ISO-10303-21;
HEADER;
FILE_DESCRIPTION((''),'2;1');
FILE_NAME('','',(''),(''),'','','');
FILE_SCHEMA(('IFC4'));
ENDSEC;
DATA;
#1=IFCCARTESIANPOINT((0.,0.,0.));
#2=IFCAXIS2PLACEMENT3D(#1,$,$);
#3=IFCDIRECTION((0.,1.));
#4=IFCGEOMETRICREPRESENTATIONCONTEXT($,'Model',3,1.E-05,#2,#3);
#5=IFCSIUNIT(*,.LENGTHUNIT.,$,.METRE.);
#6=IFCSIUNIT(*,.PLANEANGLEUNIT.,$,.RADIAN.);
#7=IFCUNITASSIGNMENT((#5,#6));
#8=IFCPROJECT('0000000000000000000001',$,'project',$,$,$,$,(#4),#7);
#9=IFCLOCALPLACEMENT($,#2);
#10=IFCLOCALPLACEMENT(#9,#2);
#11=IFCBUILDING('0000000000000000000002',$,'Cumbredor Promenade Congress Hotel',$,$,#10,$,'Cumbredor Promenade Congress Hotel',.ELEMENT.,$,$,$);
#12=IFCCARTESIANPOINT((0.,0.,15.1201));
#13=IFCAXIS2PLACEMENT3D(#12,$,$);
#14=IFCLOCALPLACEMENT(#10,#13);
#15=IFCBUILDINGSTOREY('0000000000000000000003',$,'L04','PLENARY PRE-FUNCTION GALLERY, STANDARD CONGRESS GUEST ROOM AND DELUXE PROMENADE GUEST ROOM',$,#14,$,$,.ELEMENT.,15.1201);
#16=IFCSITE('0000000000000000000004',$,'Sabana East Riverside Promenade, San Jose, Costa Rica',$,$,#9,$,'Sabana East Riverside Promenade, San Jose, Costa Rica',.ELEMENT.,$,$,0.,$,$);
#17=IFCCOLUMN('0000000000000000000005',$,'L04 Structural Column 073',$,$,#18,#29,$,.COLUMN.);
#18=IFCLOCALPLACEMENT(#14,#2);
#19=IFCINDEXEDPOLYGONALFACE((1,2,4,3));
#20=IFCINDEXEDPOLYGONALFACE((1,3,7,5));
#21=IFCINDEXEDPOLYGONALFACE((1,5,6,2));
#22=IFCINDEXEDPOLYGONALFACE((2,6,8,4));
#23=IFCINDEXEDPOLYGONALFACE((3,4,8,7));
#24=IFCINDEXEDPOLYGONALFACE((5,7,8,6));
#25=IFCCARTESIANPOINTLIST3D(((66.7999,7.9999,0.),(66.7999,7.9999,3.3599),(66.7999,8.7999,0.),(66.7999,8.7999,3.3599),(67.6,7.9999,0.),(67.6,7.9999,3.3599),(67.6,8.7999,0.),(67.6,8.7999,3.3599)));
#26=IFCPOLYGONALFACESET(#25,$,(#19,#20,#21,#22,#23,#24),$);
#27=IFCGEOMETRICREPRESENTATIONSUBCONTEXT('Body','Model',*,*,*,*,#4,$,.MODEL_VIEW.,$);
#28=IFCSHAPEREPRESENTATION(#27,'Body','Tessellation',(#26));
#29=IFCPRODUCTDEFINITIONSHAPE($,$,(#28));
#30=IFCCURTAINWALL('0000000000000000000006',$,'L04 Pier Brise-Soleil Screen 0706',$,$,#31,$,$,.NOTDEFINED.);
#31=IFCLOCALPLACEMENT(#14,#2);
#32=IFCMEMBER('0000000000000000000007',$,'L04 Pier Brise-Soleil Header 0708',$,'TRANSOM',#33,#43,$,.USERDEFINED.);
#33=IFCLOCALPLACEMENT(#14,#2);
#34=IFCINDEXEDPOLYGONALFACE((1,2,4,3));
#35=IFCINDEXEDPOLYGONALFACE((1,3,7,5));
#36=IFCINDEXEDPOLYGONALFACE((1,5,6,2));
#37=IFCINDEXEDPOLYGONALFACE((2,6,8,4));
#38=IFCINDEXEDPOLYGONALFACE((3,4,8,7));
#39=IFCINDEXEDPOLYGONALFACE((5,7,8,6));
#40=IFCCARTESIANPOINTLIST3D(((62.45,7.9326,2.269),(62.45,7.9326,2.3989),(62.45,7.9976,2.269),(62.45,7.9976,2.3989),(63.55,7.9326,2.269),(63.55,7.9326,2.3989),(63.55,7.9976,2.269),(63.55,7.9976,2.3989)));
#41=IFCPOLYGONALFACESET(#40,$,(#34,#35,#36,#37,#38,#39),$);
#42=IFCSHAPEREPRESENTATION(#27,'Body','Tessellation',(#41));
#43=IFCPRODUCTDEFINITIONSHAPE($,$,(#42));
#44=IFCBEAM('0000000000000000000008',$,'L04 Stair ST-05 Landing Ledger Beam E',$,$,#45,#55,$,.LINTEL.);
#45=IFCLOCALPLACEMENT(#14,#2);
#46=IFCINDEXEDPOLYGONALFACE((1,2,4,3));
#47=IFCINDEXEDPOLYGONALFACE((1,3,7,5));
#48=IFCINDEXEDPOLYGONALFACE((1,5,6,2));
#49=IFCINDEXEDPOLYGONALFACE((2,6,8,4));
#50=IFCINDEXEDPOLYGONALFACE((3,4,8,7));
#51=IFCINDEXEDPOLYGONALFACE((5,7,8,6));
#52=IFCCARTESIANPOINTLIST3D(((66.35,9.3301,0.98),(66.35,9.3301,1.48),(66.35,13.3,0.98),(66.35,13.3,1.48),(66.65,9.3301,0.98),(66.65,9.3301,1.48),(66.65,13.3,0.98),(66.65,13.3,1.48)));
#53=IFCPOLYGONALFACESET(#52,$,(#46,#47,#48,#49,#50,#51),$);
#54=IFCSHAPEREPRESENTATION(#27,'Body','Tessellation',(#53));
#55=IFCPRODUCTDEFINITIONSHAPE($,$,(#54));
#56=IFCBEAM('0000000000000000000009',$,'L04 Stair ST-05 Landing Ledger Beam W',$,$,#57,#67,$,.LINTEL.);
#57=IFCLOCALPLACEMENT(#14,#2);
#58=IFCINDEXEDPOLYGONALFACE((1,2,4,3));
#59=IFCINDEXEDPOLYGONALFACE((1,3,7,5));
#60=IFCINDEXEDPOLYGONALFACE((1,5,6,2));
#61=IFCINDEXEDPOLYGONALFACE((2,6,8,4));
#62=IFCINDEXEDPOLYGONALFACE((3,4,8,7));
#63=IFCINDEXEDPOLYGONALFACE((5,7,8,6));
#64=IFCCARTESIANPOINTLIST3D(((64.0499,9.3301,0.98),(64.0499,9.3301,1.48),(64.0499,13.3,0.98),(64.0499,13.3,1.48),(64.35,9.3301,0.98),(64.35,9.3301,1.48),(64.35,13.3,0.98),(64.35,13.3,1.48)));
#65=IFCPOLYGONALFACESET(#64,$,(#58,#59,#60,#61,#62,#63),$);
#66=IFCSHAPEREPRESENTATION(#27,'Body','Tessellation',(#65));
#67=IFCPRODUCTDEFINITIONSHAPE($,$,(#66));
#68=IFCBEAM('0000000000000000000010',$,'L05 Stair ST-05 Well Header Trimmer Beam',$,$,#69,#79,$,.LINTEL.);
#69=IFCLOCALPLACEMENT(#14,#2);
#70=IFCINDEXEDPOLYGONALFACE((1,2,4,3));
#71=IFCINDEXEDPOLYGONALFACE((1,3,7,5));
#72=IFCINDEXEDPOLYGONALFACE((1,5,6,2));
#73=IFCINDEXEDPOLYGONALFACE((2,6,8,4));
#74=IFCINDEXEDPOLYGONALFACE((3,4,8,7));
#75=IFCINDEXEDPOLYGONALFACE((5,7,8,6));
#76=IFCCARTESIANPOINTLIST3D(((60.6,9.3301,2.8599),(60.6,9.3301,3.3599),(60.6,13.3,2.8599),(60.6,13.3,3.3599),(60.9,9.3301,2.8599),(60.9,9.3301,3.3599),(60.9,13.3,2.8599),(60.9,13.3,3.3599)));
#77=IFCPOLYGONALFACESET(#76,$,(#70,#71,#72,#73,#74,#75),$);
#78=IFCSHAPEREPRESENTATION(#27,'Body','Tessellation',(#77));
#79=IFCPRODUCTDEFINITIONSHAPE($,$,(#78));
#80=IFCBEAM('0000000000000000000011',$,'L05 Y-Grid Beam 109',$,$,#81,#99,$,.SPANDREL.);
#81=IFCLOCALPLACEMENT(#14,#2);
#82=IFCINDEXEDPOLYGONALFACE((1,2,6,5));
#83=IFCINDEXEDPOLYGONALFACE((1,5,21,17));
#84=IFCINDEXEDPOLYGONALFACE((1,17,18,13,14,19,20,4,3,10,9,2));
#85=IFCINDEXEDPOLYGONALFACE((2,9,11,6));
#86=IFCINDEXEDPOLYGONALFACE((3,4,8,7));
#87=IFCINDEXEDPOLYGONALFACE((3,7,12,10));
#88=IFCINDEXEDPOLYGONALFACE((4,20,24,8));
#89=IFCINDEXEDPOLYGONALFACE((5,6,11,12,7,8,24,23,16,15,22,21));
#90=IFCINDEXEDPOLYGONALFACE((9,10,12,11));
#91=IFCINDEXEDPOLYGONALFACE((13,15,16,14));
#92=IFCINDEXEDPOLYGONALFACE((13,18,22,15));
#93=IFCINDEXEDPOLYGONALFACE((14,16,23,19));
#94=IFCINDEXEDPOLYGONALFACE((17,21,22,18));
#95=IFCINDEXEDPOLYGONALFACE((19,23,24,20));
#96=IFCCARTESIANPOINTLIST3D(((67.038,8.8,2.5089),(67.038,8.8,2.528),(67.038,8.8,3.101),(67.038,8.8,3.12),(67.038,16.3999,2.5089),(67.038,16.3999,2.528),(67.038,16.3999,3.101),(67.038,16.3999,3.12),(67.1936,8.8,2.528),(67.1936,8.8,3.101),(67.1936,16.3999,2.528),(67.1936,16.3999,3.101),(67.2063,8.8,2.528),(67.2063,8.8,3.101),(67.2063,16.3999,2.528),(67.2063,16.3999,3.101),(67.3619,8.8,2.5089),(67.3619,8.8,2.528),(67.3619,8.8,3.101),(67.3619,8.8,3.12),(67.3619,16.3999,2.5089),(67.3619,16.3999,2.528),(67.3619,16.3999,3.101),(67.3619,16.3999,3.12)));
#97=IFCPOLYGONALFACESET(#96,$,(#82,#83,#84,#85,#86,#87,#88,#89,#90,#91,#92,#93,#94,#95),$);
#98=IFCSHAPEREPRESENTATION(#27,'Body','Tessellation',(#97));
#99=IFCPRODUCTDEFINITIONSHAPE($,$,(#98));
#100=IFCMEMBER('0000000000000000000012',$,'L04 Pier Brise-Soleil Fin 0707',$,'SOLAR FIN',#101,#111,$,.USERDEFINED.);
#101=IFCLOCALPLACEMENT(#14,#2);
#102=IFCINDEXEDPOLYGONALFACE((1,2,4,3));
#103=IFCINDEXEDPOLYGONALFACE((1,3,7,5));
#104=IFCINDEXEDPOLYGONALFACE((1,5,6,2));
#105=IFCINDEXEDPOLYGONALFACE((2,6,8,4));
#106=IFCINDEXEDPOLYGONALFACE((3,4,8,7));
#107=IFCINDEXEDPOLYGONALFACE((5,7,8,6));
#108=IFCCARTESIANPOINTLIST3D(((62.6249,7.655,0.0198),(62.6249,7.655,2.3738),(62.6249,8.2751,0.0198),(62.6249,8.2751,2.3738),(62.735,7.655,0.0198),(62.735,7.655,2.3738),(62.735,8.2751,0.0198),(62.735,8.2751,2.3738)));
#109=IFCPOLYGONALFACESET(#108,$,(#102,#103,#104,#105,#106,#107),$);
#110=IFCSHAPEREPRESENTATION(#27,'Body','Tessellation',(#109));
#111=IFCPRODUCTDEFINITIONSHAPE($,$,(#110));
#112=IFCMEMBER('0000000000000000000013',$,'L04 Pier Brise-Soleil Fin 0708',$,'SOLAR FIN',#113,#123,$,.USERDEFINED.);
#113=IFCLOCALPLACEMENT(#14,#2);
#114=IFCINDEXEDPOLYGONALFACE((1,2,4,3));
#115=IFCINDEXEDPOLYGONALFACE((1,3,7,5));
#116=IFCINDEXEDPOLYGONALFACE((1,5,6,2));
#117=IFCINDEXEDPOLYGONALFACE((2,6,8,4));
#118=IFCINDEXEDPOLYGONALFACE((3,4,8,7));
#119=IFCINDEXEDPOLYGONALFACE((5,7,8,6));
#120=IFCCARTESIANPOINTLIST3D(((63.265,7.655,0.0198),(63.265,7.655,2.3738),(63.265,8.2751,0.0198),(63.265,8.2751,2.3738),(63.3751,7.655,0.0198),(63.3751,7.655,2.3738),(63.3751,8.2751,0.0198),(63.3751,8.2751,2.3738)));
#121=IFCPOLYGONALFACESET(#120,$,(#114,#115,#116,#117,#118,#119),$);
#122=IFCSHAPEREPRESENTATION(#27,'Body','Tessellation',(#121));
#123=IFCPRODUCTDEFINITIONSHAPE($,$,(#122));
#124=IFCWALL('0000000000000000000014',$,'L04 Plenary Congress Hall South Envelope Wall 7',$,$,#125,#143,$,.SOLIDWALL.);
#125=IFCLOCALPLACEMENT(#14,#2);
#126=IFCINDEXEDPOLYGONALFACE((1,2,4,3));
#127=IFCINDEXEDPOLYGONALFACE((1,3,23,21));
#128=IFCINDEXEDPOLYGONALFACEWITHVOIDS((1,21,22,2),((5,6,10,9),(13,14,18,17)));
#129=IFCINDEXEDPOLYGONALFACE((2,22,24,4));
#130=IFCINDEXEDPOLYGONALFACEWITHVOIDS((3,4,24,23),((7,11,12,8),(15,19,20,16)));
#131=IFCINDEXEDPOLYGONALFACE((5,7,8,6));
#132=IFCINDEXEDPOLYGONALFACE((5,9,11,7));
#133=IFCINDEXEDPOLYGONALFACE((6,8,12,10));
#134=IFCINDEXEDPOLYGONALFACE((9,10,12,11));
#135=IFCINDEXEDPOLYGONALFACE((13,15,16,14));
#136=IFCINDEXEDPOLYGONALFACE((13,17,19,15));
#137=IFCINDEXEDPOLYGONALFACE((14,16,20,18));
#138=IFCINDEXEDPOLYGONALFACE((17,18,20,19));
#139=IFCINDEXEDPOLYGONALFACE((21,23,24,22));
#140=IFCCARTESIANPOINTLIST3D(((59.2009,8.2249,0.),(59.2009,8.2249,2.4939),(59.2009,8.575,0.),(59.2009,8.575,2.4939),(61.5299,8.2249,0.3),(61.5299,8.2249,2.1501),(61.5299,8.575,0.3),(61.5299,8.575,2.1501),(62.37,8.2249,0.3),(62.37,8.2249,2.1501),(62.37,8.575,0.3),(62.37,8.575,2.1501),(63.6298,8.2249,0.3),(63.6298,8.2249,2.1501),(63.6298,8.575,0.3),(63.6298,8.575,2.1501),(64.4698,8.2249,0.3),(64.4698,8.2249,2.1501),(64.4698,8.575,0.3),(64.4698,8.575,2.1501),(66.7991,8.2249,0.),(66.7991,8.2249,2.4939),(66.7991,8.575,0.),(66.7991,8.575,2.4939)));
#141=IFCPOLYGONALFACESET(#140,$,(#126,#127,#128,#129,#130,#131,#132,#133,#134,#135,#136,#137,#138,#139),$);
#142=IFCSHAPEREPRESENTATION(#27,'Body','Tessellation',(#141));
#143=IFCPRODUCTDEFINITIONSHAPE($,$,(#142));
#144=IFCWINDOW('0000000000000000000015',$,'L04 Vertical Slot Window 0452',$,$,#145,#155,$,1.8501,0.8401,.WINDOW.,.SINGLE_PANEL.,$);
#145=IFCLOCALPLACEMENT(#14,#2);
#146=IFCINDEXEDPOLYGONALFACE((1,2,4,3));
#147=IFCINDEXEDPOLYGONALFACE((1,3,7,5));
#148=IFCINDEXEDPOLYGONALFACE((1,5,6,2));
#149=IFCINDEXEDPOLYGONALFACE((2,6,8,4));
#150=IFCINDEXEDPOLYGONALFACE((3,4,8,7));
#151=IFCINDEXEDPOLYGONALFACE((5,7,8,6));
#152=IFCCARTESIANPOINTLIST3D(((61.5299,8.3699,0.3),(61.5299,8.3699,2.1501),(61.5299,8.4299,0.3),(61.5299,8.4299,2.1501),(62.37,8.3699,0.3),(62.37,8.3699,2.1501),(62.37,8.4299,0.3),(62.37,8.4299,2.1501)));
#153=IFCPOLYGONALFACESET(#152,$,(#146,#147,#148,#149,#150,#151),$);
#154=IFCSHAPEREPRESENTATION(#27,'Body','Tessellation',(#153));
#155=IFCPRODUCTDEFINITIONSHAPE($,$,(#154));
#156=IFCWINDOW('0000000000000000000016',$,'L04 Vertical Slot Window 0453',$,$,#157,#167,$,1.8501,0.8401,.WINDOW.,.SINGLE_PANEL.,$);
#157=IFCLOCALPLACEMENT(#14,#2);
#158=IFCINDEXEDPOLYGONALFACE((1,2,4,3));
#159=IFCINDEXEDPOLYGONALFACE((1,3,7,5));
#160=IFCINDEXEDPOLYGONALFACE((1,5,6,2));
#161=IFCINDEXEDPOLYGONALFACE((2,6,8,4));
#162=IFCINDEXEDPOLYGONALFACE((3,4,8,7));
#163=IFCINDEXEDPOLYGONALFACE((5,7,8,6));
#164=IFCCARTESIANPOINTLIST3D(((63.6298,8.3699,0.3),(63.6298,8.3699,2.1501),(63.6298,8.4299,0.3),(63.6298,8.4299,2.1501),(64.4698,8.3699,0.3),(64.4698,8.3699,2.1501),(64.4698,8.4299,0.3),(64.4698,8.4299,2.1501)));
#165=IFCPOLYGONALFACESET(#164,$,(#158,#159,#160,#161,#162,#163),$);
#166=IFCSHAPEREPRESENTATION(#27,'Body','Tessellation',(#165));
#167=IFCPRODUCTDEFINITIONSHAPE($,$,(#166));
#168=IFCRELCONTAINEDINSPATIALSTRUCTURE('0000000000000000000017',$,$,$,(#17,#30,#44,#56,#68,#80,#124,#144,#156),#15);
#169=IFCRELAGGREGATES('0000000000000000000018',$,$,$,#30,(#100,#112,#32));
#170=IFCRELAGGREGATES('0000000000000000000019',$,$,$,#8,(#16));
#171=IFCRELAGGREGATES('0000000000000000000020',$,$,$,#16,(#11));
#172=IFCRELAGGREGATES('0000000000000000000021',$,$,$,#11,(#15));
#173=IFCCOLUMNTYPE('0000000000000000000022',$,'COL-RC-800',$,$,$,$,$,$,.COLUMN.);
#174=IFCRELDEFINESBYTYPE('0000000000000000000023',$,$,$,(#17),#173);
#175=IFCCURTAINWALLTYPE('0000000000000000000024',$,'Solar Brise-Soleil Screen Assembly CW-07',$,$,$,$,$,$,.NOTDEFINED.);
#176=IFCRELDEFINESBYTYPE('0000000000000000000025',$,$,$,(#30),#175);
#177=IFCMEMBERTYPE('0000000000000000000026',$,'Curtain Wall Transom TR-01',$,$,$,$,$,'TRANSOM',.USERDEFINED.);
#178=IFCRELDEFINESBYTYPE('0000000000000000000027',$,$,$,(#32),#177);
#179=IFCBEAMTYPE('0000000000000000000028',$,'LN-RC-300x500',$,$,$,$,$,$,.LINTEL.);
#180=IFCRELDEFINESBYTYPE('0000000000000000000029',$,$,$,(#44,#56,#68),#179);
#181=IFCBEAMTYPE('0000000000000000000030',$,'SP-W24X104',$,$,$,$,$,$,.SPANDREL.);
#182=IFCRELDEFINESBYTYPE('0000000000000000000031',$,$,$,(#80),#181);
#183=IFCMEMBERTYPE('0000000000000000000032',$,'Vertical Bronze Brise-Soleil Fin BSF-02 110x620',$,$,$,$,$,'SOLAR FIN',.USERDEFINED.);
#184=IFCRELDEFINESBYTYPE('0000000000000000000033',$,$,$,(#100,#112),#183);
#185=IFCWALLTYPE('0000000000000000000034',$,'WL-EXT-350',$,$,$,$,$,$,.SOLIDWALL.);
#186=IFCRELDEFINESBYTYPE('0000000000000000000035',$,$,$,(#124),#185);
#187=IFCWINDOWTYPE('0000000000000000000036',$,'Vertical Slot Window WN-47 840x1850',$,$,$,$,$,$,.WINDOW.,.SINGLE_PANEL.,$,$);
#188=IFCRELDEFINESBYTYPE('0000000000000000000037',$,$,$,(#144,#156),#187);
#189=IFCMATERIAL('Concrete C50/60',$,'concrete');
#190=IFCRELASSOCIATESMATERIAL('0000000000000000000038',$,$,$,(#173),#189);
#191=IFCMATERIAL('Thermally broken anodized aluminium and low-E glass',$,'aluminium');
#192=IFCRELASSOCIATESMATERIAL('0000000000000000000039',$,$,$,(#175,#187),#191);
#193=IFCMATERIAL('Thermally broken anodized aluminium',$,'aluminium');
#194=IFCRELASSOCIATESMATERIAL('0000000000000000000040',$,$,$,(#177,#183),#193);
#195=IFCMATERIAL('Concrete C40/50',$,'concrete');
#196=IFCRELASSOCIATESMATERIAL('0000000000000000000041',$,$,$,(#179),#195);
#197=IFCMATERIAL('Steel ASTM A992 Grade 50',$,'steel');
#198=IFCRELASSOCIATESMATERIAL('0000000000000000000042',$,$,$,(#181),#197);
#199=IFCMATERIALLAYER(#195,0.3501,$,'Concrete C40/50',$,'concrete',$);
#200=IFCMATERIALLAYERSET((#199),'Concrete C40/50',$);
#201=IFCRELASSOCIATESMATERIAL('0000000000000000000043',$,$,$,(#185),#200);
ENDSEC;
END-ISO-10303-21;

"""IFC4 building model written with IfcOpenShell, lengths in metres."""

from ifc_helpers import new_model, si_unit, direction, frame, frame_2d, origin, origin_2d, place, context, subcontext, project, spatial, rectangle, i_section, extrude, material, layer, layer_set, material_profile, profile_set, type_object, element, fill, aggregate, save


model = new_model("IFC4")

# Units and contexts
model_context = context("Model", 3, precision=1e-05, world=origin(), true_north=direction((0.0, 1.0)))
body_context = subcontext(model_context, "Body", "Model", "MODEL_VIEW")
ifc_project = project(units=[si_unit("LENGTHUNIT", "METRE"), si_unit("PLANEANGLEUNIT", "RADIAN")], contexts=[model_context])

# Site, building, storey
site_placement = place(None, origin())
site = spatial("IfcSite", under=ifc_project, at=site_placement, Name="Sabana East Riverside Promenade, San Jose, Costa Rica", LongName="Sabana East Riverside Promenade, San Jose, Costa Rica", CompositionType="ELEMENT", RefElevation=0.0)
building_placement = place(site_placement, origin())
building = spatial("IfcBuilding", under=site, at=building_placement, Name="Cumbredor Promenade Congress Hotel", LongName="Cumbredor Promenade Congress Hotel", CompositionType="ELEMENT")
storey_placement = place(building_placement, frame((0.0, 0.0, 15.1201)))
storey = spatial("IfcBuildingStorey", under=building, at=storey_placement, Name="L04", Description="PLENARY PRE-FUNCTION GALLERY, STANDARD CONGRESS GUEST ROOM AND DELUXE PROMENADE GUEST ROOM", CompositionType="ELEMENT", Elevation=15.1201)

# Column
ifc_material_1 = material(Name="Concrete C50/60", Category="concrete")
ifc_material_profile_1 = material_profile(ifc_material_1, rectangle(XDim=0.8, YDim=0.8, at=origin_2d()), Name="RC 800x800")
ifc_profile_set_1 = profile_set([ifc_material_profile_1], Name="Concrete C50/60")
column_type = type_object("IfcColumnType", Name="COL-RC-800", PredefinedType="COLUMN", material=ifc_profile_set_1)
column_placement = place(storey_placement, frame((67.2, 8.3999, 0.0), z_axis=(0.0, 0.0, 1.0), x_axis=(1.0, 0.0, 0.0)))
element("IfcColumn", 1, at=column_placement, inside=storey, type_object=column_type, Name="L04 Structural Column 073", PredefinedType="COLUMN", context=body_context, shape_type="SweptSolid", body=[
    extrude(rectangle(XDim=0.8, YDim=0.8, at=origin_2d()), origin(), (0.0, 0.0, 1.0), 3.3599),
])

# Curtain wall, member
ifc_material_2 = material(Name="Thermally broken anodized aluminium and low-E glass", Category="aluminium")
curtain_wall_type = type_object("IfcCurtainWallType", Name="Solar Brise-Soleil Screen Assembly CW-07", PredefinedType="NOTDEFINED", material=ifc_material_2)
curtain_wall_placement = place(storey_placement, origin())
curtain_wall = element("IfcCurtainWall", 2, at=curtain_wall_placement, inside=storey, type_object=curtain_wall_type, Name="L04 Pier Brise-Soleil Screen 0706", PredefinedType="NOTDEFINED")
ifc_material_3 = material(Name="Thermally broken anodized aluminium", Category="aluminium")
ifc_material_profile_2 = material_profile(ifc_material_3, rectangle(XDim=0.0649, YDim=0.1299, at=origin_2d()), Name="ALU TRANSOM 65x130")
ifc_profile_set_2 = profile_set([ifc_material_profile_2], Name="Thermally broken anodized aluminium")
member_type_1 = type_object("IfcMemberType", Name="Curtain Wall Transom TR-01", ElementType="TRANSOM", PredefinedType="USERDEFINED", material=ifc_profile_set_2)
member_1_placement = place(storey_placement, frame((62.45, 7.9651, 2.334), z_axis=(1.0, 0.0, 0.0), x_axis=(0.0, 1.0, 0.0)))
member_1 = element("IfcMember", 3, at=member_1_placement, type_object=member_type_1, Name="L04 Pier Brise-Soleil Header 0708", ObjectType="TRANSOM", PredefinedType="USERDEFINED", context=body_context, shape_type="SweptSolid", body=[
    extrude(rectangle(XDim=0.0649, YDim=0.1299, at=origin_2d()), origin(), (0.0, 0.0, 1.0), 1.1001),
])

# Beams
ifc_material_4 = material(Name="Concrete C40/50", Category="concrete")
ifc_material_profile_3 = material_profile(ifc_material_4, rectangle(XDim=0.3, YDim=0.5, at=origin_2d()), Name="RC LINTEL 300x500")
ifc_profile_set_3 = profile_set([ifc_material_profile_3], Name="Concrete C40/50")
beam_type_1 = type_object("IfcBeamType", Name="LN-RC-300x500", PredefinedType="LINTEL", material=ifc_profile_set_3)
for number, where, z_axis, x_axis, name in (
    (4, (66.5, 9.3301, 1.23), (0.0, 1.0, 0.0), (-1.0, 0.0, 0.0), "L04 Stair ST-05 Landing Ledger Beam E"),
    (5, (64.2, 9.3301, 1.23), (0.0, 1.0, 0.0), (-1.0, 0.0, 0.0), "L04 Stair ST-05 Landing Ledger Beam W"),
    (6, (60.75, 9.3301, 3.1099), (0.0, 1.0, 0.0), (-1.0, 0.0, 0.0), "L05 Stair ST-05 Well Header Trimmer Beam"),
):
    element("IfcBeam", number, at=place(storey_placement, frame(where, z_axis=z_axis, x_axis=x_axis)), inside=storey, type_object=beam_type_1, Name=name, PredefinedType="LINTEL", context=body_context, shape_type="SweptSolid", body=[
        extrude(rectangle(XDim=0.3, YDim=0.5, at=origin_2d()), origin(), (0.0, 0.0, 1.0), 3.97),
    ])
ifc_material_5 = material(Name="Steel ASTM A992 Grade 50", Category="steel")
ifc_material_profile_4 = material_profile(ifc_material_5, i_section(OverallWidth=0.324, OverallDepth=0.6111, WebThickness=0.0127, FlangeThickness=0.019, at=origin_2d()), Name="W24X104")
ifc_profile_set_4 = profile_set([ifc_material_profile_4], Name="Steel ASTM A992 Grade 50")
beam_type_2 = type_object("IfcBeamType", Name="SP-W24X104", PredefinedType="SPANDREL", material=ifc_profile_set_4)
beam_placement = place(storey_placement, frame((67.2, 8.8, 2.8145), z_axis=(0.0, 1.0, 0.0), x_axis=(-1.0, 0.0, 0.0)))
element("IfcBeam", 7, at=beam_placement, inside=storey, type_object=beam_type_2, Name="L05 Y-Grid Beam 109", PredefinedType="SPANDREL", context=body_context, shape_type="SweptSolid", body=[
    extrude(i_section(OverallWidth=0.324, OverallDepth=0.6111, WebThickness=0.0127, FlangeThickness=0.019, at=origin_2d()), origin(), (0.0, 0.0, 1.0), 7.5999),
])

# Members
ifc_material_profile_5 = material_profile(ifc_material_3, rectangle(XDim=0.1101, YDim=0.6201, at=origin_2d()), Name="ARCH FIN 110x620")
ifc_profile_set_5 = profile_set([ifc_material_profile_5], Name="Thermally broken anodized aluminium")
member_type_2 = type_object("IfcMemberType", Name="Vertical Bronze Brise-Soleil Fin BSF-02 110x620", ElementType="SOLAR FIN", PredefinedType="USERDEFINED", material=ifc_profile_set_5)
member_2_placement = place(storey_placement, frame((62.6799, 7.9651, 0.0198), z_axis=(0.0, 0.0, 1.0), x_axis=(1.0, 0.0, 0.0)))
member_2 = element("IfcMember", 8, at=member_2_placement, type_object=member_type_2, Name="L04 Pier Brise-Soleil Fin 0707", ObjectType="SOLAR FIN", PredefinedType="USERDEFINED", context=body_context, shape_type="SweptSolid", body=[
    extrude(rectangle(XDim=0.1101, YDim=0.6201, at=origin_2d()), origin(), (0.0, 0.0, 1.0), 2.354),
])
member_3_placement = place(storey_placement, frame((63.3201, 7.9651, 0.0198), z_axis=(0.0, 0.0, 1.0), x_axis=(1.0, 0.0, 0.0)))
member_3 = element("IfcMember", 9, at=member_3_placement, type_object=member_type_2, Name="L04 Pier Brise-Soleil Fin 0708", ObjectType="SOLAR FIN", PredefinedType="USERDEFINED", context=body_context, shape_type="SweptSolid", body=[
    extrude(rectangle(XDim=0.1101, YDim=0.6201, at=origin_2d()), origin(), (0.0, 0.0, 1.0), 2.354),
])
aggregate(curtain_wall, [member_2, member_3, member_1])

# Wall, openings, windows
ifc_layer_1 = layer(ifc_material_4, 0.3501, Name="Concrete C40/50", Category="concrete")
ifc_layer_set_1 = layer_set([ifc_layer_1], Name="Concrete C40/50")
wall_type_1 = type_object("IfcWallType", Name="WL-EXT-350", PredefinedType="SOLIDWALL", material=ifc_layer_set_1)
wall_1_placement = place(storey_placement, frame((59.2009, 8.3999, 0.0), z_axis=(0.0, 0.0, 1.0), x_axis=(1.0, 0.0, 0.0)))
wall_1 = element("IfcWall", 10, at=wall_1_placement, inside=storey, type_object=wall_type_1, Name="L04 Plenary Congress Hall South Envelope Wall 7", PredefinedType="SOLIDWALL", context=body_context, shape_type="SweptSolid", body=[
    extrude(rectangle(XDim=7.5981, YDim=0.3501, at=frame_2d((3.7991, 0.0))), origin(), (0.0, 0.0, 1.0), 2.4939),
])
opening_1_placement = place(wall_1_placement, frame((2.3291, 0.0, 0.3)))
opening_1 = element("IfcOpeningElement", 11, at=opening_1_placement, cuts=wall_1, PredefinedType="OPENING", context=body_context, shape_type="SweptSolid", body=[
    extrude(rectangle(XDim=0.8401, YDim=1.8501, at=frame_2d((0.4199, 0.925))), frame((0.0, 0.1851, 0.0), z_axis=(0.0, -1.0, 0.0), x_axis=(1.0, 0.0, 0.0)), (0.0, 0.0, 1.0), 0.3701),
])
opening_2_placement = place(wall_1_placement, frame((4.429, 0.0, 0.3)))
opening_2 = element("IfcOpeningElement", 12, at=opening_2_placement, cuts=wall_1, PredefinedType="OPENING", context=body_context, shape_type="SweptSolid", body=[
    extrude(rectangle(XDim=0.8401, YDim=1.8501, at=frame_2d((0.4199, 0.925))), frame((0.0, 0.1851, 0.0), z_axis=(0.0, -1.0, 0.0), x_axis=(1.0, 0.0, 0.0)), (0.0, 0.0, 1.0), 0.3701),
])
window_type_1 = type_object("IfcWindowType", Name="Vertical Slot Window WN-47 840x1850", PartitioningType="SINGLE_PANEL", PredefinedType="WINDOW", material=ifc_material_2)
window_1_placement = place(opening_1_placement, origin())
window_1 = element("IfcWindow", 13, at=window_1_placement, inside=storey, type_object=window_type_1, Name="L04 Vertical Slot Window 0452", OverallHeight=1.8501, OverallWidth=0.8401, PartitioningType="SINGLE_PANEL", PredefinedType="WINDOW", context=body_context, shape_type="SweptSolid", body=[
    extrude(rectangle(XDim=0.8401, YDim=1.8501, at=frame_2d((0.4199, 0.925))), frame((0.0, 0.03, 0.0), z_axis=(0.0, -1.0, 0.0), x_axis=(1.0, 0.0, 0.0)), (0.0, 0.0, 1.0), 0.0601),
])
fill(opening_1, window_1)
window_2_placement = place(opening_2_placement, origin())
window_2 = element("IfcWindow", 14, at=window_2_placement, inside=storey, type_object=window_type_1, Name="L04 Vertical Slot Window 0453", OverallHeight=1.8501, OverallWidth=0.8401, PartitioningType="SINGLE_PANEL", PredefinedType="WINDOW", context=body_context, shape_type="SweptSolid", body=[
    extrude(rectangle(XDim=0.8401, YDim=1.8501, at=frame_2d((0.4199, 0.925))), frame((0.0, 0.03, 0.0), z_axis=(0.0, -1.0, 0.0), x_axis=(1.0, 0.0, 0.0)), (0.0, 0.0, 1.0), 0.0601),
])
fill(opening_2, window_2)

save(model, "model.ifc")
